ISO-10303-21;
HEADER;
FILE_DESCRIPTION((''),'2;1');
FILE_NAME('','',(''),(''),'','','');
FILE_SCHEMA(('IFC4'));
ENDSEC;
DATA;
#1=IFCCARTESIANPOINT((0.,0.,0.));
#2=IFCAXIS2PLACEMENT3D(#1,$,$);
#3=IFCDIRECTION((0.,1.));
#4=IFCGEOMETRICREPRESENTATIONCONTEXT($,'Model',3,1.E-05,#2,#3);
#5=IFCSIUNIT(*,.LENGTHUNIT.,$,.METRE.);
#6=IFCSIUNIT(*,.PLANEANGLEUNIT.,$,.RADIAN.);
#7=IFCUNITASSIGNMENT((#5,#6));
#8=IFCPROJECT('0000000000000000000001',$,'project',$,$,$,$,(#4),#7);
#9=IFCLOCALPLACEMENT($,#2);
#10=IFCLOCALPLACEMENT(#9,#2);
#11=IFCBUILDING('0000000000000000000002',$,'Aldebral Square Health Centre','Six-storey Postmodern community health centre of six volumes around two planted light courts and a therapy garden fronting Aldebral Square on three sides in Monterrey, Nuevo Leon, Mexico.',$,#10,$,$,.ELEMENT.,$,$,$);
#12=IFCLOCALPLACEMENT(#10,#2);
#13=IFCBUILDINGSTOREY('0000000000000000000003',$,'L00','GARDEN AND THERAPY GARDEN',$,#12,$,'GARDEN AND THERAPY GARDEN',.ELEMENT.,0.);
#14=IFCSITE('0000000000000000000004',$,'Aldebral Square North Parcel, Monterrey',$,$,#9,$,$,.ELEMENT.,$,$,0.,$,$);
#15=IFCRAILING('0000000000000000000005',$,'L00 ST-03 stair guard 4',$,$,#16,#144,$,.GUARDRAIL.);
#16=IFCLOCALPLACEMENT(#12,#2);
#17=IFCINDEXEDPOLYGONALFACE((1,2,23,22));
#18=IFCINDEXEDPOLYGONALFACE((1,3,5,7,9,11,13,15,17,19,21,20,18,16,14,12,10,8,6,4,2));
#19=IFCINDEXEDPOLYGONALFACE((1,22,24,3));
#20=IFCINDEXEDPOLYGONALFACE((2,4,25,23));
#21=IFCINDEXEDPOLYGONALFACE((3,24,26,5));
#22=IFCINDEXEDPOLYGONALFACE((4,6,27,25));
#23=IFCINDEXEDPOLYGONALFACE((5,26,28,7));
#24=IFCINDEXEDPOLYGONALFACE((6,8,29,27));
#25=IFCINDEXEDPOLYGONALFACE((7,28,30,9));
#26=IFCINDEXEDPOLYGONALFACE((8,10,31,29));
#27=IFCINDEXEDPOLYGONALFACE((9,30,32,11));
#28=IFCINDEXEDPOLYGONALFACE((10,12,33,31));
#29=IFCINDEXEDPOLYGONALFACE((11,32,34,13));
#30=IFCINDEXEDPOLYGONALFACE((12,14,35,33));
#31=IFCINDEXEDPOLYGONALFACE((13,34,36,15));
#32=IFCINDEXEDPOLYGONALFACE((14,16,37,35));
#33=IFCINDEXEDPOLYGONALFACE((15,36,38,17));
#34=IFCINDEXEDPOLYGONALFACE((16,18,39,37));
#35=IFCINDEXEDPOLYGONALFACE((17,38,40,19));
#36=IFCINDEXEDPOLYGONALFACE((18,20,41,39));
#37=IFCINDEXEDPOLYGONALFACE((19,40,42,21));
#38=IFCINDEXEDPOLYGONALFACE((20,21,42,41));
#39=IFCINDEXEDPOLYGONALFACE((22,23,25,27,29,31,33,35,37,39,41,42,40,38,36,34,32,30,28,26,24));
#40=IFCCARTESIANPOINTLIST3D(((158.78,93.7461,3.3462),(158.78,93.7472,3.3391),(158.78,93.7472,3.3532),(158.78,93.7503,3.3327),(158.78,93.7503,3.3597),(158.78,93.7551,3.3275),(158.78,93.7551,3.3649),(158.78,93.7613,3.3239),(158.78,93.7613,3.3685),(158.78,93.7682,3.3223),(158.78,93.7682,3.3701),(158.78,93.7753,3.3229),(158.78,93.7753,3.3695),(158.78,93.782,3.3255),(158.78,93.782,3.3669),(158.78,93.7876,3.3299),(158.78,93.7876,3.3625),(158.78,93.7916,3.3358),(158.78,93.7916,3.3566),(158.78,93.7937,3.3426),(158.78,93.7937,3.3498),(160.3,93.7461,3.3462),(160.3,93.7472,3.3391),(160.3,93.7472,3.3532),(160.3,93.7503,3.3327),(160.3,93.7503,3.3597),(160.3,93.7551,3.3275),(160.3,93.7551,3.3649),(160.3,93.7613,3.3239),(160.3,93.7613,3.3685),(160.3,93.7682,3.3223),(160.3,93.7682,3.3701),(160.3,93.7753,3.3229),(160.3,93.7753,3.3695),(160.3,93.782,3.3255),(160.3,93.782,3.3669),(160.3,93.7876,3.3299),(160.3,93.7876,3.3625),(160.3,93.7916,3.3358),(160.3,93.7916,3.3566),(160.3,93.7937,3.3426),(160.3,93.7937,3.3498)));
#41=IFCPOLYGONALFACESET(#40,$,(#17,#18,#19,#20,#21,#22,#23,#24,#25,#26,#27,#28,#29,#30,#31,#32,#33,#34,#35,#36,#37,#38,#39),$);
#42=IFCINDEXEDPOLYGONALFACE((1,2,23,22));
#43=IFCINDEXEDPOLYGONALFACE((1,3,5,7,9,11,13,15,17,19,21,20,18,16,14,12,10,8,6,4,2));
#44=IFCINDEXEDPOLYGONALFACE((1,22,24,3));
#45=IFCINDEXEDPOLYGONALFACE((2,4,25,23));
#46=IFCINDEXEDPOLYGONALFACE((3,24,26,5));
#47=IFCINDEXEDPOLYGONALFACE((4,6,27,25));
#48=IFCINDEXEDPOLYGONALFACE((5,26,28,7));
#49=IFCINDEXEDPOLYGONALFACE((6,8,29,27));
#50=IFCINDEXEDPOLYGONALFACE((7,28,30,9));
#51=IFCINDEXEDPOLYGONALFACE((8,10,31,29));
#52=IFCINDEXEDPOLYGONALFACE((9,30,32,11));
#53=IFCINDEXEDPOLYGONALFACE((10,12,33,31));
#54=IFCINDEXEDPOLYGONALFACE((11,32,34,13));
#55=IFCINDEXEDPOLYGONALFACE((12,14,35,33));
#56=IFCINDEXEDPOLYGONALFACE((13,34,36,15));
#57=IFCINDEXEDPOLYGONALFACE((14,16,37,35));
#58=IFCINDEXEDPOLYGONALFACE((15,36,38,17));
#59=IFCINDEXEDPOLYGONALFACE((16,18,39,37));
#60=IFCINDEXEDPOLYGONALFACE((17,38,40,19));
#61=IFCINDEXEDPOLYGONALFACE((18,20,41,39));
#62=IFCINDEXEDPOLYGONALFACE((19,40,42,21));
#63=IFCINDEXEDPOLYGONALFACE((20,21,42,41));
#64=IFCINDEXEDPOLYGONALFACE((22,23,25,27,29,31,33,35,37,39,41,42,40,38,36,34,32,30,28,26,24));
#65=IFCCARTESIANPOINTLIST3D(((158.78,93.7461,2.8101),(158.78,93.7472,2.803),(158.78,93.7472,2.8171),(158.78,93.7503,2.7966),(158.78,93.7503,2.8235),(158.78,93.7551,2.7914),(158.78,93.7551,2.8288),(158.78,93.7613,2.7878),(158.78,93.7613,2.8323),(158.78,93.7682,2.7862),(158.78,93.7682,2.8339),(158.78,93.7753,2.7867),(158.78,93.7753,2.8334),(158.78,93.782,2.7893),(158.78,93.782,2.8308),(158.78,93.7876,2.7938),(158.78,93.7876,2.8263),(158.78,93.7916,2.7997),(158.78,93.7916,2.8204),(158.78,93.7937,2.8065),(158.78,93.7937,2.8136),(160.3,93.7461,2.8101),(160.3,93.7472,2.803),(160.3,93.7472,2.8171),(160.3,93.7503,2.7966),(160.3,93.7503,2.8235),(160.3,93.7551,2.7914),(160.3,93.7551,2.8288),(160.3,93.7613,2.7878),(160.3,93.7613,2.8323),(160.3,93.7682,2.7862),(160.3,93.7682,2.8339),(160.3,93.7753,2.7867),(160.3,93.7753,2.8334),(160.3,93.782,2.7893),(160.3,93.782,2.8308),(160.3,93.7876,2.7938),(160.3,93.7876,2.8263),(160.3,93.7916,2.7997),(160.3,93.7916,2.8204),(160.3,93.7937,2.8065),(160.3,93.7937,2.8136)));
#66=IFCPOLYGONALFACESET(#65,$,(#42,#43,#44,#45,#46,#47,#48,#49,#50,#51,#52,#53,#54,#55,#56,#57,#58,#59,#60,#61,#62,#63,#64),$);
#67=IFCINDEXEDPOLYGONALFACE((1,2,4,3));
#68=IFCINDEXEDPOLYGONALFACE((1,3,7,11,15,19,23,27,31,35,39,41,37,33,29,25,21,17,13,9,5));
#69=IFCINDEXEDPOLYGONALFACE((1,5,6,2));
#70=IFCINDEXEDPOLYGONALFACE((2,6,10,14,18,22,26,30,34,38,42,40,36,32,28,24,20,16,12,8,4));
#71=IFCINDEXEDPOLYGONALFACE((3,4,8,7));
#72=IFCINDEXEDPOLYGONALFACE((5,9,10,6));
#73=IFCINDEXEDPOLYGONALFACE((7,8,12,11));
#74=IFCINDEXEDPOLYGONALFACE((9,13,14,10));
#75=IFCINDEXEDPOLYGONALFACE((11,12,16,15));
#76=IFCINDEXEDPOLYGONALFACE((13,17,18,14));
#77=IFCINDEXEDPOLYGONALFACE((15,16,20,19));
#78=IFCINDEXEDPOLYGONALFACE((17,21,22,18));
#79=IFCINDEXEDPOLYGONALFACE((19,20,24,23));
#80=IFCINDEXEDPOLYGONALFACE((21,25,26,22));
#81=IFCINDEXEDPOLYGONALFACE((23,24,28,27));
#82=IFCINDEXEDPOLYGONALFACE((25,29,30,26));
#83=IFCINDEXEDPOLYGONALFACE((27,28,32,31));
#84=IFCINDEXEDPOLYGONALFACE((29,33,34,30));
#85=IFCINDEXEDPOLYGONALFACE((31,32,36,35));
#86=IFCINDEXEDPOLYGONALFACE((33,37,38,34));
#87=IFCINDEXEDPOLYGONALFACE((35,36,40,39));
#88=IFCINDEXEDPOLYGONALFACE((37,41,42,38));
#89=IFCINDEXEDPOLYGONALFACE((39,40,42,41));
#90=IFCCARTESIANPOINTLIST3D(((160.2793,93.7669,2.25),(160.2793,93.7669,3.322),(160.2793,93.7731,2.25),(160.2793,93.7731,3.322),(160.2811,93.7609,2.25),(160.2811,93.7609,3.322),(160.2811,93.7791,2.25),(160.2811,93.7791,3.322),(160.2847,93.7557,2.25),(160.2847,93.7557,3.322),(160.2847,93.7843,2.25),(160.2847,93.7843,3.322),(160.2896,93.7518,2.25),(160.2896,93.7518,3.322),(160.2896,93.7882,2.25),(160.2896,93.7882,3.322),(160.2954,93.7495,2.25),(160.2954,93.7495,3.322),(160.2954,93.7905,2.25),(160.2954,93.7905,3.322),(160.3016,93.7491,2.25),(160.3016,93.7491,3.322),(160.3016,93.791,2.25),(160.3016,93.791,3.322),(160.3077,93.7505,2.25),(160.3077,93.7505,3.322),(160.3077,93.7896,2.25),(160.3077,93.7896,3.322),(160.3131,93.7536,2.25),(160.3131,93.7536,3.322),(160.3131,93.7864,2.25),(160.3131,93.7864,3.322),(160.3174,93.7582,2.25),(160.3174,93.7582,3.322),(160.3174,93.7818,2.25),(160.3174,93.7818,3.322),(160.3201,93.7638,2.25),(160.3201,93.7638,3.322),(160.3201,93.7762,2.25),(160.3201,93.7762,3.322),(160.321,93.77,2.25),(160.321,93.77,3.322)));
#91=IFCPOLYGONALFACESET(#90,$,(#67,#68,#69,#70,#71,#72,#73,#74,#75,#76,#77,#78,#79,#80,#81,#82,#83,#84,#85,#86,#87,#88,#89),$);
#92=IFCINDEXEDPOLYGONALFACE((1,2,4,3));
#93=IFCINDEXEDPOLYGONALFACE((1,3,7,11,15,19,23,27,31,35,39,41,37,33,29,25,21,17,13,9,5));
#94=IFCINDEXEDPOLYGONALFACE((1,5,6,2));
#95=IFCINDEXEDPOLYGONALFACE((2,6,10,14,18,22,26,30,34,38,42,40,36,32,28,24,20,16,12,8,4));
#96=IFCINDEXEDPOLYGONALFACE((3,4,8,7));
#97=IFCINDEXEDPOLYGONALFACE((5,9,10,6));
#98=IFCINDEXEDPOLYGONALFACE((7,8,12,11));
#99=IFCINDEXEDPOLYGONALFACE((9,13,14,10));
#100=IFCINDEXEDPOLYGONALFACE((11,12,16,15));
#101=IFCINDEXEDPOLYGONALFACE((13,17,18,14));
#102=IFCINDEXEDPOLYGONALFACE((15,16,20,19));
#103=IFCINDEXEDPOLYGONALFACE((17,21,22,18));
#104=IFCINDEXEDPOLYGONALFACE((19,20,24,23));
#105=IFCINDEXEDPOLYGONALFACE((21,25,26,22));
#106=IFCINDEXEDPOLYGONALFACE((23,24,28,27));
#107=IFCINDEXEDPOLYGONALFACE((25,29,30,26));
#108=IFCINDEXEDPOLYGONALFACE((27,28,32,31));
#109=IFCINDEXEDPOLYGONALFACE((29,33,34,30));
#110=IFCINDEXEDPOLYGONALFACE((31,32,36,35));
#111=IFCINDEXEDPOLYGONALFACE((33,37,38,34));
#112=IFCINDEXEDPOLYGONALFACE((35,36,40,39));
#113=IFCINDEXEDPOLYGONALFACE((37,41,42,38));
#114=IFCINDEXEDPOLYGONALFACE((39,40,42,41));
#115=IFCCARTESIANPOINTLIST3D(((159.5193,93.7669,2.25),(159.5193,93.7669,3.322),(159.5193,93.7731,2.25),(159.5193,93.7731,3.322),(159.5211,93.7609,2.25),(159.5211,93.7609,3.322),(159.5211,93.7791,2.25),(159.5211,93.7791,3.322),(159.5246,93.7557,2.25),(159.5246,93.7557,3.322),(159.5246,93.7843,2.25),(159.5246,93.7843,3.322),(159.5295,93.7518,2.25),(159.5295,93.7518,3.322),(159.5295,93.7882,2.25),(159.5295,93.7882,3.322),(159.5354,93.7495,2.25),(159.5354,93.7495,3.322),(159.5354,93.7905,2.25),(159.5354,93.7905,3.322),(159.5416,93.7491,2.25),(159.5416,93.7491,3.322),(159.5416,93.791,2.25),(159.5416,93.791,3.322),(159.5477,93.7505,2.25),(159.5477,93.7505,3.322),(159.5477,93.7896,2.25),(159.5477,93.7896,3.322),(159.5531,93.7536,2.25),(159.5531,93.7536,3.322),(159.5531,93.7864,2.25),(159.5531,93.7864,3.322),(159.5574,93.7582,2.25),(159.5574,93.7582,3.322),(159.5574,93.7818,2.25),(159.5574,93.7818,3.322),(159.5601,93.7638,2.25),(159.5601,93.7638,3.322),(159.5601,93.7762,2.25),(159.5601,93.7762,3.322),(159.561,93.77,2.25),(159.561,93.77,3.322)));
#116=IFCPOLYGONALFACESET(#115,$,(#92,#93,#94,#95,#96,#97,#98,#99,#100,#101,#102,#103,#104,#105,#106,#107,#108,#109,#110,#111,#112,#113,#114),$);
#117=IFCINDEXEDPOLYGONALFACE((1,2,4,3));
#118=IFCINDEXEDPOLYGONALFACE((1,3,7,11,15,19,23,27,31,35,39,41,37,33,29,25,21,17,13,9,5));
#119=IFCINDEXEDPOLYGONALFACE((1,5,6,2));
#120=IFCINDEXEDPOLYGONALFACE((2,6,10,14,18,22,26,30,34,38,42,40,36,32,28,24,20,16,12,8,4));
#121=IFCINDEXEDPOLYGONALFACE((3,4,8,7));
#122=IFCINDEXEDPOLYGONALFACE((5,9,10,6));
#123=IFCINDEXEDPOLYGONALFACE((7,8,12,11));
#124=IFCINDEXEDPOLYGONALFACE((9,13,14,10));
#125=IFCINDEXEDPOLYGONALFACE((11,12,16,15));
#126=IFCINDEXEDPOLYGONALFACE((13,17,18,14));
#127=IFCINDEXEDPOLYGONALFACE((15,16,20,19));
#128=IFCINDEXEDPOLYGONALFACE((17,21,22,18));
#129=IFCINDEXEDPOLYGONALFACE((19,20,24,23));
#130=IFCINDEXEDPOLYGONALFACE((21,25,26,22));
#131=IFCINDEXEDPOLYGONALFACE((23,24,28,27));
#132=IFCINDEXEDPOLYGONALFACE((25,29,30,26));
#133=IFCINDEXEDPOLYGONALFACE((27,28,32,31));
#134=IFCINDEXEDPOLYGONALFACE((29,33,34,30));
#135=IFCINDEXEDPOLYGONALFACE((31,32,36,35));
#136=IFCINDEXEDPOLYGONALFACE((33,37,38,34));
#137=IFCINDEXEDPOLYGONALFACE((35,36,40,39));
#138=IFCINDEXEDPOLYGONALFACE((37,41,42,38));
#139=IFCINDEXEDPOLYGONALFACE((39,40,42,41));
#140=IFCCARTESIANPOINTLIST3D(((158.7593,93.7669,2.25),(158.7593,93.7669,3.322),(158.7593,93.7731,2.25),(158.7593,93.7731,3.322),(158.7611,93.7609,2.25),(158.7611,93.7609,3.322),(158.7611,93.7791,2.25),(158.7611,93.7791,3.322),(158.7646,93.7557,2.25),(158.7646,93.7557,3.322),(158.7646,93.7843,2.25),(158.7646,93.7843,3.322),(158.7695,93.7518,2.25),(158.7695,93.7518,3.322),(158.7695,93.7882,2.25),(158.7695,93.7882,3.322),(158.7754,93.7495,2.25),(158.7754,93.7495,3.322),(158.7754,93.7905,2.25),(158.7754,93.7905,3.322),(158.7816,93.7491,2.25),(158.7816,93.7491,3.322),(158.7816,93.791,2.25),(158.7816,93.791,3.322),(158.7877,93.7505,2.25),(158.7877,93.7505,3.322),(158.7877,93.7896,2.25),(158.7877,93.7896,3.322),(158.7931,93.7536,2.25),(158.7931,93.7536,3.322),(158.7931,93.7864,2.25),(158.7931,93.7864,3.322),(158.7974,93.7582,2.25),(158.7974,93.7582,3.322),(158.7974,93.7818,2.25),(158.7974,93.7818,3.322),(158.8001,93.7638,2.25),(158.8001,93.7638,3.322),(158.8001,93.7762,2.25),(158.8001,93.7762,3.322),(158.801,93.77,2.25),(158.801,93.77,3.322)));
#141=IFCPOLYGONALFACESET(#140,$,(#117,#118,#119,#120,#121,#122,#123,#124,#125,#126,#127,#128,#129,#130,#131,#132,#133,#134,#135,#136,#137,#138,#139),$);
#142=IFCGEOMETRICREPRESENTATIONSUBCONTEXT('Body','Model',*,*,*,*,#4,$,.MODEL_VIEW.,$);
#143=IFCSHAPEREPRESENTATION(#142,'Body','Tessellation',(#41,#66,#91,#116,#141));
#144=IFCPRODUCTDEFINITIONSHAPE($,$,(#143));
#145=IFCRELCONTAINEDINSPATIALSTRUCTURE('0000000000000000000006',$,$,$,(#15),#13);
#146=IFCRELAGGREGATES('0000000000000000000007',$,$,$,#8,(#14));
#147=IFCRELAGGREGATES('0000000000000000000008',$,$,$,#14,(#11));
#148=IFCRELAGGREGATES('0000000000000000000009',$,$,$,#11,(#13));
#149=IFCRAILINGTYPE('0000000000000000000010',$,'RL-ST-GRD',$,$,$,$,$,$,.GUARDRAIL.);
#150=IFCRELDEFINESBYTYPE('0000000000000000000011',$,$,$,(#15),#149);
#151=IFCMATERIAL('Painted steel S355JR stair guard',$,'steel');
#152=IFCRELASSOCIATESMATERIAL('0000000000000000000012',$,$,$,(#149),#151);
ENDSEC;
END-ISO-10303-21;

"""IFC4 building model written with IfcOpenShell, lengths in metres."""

from ifc_helpers import new_model, si_unit, direction, frame, origin, origin_2d, place, context, subcontext, project, spatial, circle, extrude, material, type_object, element, save


model = new_model("IFC4")

# Units and contexts
model_context = context("Model", 3, precision=1e-05, world=origin(), true_north=direction((0.0, 1.0)))
body_context = subcontext(model_context, "Body", "Model", "MODEL_VIEW")
ifc_project = project(units=[si_unit("LENGTHUNIT", "METRE"), si_unit("PLANEANGLEUNIT", "RADIAN")], contexts=[model_context])

# Site, building, storey
site_placement = place(None, origin())
site = spatial("IfcSite", under=ifc_project, at=site_placement, Name="Aldebral Square North Parcel, Monterrey", CompositionType="ELEMENT", RefElevation=0.0)
building_placement = place(site_placement, origin())
building = spatial("IfcBuilding", under=site, at=building_placement, Name="Aldebral Square Health Centre", Description="Six-storey Postmodern community health centre of six volumes around two planted light courts and a therapy garden fronting Aldebral Square on three sides in Monterrey, Nuevo Leon, Mexico.", CompositionType="ELEMENT")
storey_placement = place(building_placement, origin())
storey = spatial("IfcBuildingStorey", under=building, at=storey_placement, Name="L00", Description="GARDEN AND THERAPY GARDEN", LongName="GARDEN AND THERAPY GARDEN", CompositionType="ELEMENT", Elevation=0.0)

# Railing
ifc_material_1 = material(Name="Painted steel S355JR stair guard", Category="steel")
railing_type_1 = type_object("IfcRailingType", Name="RL-ST-GRD", PredefinedType="GUARDRAIL", material=ifc_material_1)
railing_1_placement = place(storey_placement, frame((160.3, 93.77, 2.25)))
element("IfcRailing", 1, at=railing_1_placement, inside=storey, type_object=railing_type_1, Name="L00 ST-03 stair guard 4", PredefinedType="GUARDRAIL", context=body_context, shape_type="SweptSolid", body=[
    extrude(circle(Radius=0.0239, at=origin_2d()), frame((0.0, 0.0, 1.0962), z_axis=(-1.0, 0.0, 0.0), x_axis=(0.0, -1.0, 0.0)), (0.0, 0.0, 1.0), 1.52),
    extrude(circle(Radius=0.0239, at=origin_2d()), frame((0.0, 0.0, 0.5601), z_axis=(-1.0, 0.0, 0.0), x_axis=(0.0, -1.0, 0.0)), (0.0, 0.0, 1.0), 1.52),
    extrude(circle(Radius=0.021, at=origin_2d()), origin(), (0.0, 0.0, 1.0), 1.072),
    extrude(circle(Radius=0.021, at=origin_2d()), frame((-0.76, 0.0, 0.0)), (0.0, 0.0, 1.0), 1.072),
    extrude(circle(Radius=0.021, at=origin_2d()), frame((-1.52, 0.0, 0.0)), (0.0, 0.0, 1.0), 1.072),
])

save(model, "model.ifc")
